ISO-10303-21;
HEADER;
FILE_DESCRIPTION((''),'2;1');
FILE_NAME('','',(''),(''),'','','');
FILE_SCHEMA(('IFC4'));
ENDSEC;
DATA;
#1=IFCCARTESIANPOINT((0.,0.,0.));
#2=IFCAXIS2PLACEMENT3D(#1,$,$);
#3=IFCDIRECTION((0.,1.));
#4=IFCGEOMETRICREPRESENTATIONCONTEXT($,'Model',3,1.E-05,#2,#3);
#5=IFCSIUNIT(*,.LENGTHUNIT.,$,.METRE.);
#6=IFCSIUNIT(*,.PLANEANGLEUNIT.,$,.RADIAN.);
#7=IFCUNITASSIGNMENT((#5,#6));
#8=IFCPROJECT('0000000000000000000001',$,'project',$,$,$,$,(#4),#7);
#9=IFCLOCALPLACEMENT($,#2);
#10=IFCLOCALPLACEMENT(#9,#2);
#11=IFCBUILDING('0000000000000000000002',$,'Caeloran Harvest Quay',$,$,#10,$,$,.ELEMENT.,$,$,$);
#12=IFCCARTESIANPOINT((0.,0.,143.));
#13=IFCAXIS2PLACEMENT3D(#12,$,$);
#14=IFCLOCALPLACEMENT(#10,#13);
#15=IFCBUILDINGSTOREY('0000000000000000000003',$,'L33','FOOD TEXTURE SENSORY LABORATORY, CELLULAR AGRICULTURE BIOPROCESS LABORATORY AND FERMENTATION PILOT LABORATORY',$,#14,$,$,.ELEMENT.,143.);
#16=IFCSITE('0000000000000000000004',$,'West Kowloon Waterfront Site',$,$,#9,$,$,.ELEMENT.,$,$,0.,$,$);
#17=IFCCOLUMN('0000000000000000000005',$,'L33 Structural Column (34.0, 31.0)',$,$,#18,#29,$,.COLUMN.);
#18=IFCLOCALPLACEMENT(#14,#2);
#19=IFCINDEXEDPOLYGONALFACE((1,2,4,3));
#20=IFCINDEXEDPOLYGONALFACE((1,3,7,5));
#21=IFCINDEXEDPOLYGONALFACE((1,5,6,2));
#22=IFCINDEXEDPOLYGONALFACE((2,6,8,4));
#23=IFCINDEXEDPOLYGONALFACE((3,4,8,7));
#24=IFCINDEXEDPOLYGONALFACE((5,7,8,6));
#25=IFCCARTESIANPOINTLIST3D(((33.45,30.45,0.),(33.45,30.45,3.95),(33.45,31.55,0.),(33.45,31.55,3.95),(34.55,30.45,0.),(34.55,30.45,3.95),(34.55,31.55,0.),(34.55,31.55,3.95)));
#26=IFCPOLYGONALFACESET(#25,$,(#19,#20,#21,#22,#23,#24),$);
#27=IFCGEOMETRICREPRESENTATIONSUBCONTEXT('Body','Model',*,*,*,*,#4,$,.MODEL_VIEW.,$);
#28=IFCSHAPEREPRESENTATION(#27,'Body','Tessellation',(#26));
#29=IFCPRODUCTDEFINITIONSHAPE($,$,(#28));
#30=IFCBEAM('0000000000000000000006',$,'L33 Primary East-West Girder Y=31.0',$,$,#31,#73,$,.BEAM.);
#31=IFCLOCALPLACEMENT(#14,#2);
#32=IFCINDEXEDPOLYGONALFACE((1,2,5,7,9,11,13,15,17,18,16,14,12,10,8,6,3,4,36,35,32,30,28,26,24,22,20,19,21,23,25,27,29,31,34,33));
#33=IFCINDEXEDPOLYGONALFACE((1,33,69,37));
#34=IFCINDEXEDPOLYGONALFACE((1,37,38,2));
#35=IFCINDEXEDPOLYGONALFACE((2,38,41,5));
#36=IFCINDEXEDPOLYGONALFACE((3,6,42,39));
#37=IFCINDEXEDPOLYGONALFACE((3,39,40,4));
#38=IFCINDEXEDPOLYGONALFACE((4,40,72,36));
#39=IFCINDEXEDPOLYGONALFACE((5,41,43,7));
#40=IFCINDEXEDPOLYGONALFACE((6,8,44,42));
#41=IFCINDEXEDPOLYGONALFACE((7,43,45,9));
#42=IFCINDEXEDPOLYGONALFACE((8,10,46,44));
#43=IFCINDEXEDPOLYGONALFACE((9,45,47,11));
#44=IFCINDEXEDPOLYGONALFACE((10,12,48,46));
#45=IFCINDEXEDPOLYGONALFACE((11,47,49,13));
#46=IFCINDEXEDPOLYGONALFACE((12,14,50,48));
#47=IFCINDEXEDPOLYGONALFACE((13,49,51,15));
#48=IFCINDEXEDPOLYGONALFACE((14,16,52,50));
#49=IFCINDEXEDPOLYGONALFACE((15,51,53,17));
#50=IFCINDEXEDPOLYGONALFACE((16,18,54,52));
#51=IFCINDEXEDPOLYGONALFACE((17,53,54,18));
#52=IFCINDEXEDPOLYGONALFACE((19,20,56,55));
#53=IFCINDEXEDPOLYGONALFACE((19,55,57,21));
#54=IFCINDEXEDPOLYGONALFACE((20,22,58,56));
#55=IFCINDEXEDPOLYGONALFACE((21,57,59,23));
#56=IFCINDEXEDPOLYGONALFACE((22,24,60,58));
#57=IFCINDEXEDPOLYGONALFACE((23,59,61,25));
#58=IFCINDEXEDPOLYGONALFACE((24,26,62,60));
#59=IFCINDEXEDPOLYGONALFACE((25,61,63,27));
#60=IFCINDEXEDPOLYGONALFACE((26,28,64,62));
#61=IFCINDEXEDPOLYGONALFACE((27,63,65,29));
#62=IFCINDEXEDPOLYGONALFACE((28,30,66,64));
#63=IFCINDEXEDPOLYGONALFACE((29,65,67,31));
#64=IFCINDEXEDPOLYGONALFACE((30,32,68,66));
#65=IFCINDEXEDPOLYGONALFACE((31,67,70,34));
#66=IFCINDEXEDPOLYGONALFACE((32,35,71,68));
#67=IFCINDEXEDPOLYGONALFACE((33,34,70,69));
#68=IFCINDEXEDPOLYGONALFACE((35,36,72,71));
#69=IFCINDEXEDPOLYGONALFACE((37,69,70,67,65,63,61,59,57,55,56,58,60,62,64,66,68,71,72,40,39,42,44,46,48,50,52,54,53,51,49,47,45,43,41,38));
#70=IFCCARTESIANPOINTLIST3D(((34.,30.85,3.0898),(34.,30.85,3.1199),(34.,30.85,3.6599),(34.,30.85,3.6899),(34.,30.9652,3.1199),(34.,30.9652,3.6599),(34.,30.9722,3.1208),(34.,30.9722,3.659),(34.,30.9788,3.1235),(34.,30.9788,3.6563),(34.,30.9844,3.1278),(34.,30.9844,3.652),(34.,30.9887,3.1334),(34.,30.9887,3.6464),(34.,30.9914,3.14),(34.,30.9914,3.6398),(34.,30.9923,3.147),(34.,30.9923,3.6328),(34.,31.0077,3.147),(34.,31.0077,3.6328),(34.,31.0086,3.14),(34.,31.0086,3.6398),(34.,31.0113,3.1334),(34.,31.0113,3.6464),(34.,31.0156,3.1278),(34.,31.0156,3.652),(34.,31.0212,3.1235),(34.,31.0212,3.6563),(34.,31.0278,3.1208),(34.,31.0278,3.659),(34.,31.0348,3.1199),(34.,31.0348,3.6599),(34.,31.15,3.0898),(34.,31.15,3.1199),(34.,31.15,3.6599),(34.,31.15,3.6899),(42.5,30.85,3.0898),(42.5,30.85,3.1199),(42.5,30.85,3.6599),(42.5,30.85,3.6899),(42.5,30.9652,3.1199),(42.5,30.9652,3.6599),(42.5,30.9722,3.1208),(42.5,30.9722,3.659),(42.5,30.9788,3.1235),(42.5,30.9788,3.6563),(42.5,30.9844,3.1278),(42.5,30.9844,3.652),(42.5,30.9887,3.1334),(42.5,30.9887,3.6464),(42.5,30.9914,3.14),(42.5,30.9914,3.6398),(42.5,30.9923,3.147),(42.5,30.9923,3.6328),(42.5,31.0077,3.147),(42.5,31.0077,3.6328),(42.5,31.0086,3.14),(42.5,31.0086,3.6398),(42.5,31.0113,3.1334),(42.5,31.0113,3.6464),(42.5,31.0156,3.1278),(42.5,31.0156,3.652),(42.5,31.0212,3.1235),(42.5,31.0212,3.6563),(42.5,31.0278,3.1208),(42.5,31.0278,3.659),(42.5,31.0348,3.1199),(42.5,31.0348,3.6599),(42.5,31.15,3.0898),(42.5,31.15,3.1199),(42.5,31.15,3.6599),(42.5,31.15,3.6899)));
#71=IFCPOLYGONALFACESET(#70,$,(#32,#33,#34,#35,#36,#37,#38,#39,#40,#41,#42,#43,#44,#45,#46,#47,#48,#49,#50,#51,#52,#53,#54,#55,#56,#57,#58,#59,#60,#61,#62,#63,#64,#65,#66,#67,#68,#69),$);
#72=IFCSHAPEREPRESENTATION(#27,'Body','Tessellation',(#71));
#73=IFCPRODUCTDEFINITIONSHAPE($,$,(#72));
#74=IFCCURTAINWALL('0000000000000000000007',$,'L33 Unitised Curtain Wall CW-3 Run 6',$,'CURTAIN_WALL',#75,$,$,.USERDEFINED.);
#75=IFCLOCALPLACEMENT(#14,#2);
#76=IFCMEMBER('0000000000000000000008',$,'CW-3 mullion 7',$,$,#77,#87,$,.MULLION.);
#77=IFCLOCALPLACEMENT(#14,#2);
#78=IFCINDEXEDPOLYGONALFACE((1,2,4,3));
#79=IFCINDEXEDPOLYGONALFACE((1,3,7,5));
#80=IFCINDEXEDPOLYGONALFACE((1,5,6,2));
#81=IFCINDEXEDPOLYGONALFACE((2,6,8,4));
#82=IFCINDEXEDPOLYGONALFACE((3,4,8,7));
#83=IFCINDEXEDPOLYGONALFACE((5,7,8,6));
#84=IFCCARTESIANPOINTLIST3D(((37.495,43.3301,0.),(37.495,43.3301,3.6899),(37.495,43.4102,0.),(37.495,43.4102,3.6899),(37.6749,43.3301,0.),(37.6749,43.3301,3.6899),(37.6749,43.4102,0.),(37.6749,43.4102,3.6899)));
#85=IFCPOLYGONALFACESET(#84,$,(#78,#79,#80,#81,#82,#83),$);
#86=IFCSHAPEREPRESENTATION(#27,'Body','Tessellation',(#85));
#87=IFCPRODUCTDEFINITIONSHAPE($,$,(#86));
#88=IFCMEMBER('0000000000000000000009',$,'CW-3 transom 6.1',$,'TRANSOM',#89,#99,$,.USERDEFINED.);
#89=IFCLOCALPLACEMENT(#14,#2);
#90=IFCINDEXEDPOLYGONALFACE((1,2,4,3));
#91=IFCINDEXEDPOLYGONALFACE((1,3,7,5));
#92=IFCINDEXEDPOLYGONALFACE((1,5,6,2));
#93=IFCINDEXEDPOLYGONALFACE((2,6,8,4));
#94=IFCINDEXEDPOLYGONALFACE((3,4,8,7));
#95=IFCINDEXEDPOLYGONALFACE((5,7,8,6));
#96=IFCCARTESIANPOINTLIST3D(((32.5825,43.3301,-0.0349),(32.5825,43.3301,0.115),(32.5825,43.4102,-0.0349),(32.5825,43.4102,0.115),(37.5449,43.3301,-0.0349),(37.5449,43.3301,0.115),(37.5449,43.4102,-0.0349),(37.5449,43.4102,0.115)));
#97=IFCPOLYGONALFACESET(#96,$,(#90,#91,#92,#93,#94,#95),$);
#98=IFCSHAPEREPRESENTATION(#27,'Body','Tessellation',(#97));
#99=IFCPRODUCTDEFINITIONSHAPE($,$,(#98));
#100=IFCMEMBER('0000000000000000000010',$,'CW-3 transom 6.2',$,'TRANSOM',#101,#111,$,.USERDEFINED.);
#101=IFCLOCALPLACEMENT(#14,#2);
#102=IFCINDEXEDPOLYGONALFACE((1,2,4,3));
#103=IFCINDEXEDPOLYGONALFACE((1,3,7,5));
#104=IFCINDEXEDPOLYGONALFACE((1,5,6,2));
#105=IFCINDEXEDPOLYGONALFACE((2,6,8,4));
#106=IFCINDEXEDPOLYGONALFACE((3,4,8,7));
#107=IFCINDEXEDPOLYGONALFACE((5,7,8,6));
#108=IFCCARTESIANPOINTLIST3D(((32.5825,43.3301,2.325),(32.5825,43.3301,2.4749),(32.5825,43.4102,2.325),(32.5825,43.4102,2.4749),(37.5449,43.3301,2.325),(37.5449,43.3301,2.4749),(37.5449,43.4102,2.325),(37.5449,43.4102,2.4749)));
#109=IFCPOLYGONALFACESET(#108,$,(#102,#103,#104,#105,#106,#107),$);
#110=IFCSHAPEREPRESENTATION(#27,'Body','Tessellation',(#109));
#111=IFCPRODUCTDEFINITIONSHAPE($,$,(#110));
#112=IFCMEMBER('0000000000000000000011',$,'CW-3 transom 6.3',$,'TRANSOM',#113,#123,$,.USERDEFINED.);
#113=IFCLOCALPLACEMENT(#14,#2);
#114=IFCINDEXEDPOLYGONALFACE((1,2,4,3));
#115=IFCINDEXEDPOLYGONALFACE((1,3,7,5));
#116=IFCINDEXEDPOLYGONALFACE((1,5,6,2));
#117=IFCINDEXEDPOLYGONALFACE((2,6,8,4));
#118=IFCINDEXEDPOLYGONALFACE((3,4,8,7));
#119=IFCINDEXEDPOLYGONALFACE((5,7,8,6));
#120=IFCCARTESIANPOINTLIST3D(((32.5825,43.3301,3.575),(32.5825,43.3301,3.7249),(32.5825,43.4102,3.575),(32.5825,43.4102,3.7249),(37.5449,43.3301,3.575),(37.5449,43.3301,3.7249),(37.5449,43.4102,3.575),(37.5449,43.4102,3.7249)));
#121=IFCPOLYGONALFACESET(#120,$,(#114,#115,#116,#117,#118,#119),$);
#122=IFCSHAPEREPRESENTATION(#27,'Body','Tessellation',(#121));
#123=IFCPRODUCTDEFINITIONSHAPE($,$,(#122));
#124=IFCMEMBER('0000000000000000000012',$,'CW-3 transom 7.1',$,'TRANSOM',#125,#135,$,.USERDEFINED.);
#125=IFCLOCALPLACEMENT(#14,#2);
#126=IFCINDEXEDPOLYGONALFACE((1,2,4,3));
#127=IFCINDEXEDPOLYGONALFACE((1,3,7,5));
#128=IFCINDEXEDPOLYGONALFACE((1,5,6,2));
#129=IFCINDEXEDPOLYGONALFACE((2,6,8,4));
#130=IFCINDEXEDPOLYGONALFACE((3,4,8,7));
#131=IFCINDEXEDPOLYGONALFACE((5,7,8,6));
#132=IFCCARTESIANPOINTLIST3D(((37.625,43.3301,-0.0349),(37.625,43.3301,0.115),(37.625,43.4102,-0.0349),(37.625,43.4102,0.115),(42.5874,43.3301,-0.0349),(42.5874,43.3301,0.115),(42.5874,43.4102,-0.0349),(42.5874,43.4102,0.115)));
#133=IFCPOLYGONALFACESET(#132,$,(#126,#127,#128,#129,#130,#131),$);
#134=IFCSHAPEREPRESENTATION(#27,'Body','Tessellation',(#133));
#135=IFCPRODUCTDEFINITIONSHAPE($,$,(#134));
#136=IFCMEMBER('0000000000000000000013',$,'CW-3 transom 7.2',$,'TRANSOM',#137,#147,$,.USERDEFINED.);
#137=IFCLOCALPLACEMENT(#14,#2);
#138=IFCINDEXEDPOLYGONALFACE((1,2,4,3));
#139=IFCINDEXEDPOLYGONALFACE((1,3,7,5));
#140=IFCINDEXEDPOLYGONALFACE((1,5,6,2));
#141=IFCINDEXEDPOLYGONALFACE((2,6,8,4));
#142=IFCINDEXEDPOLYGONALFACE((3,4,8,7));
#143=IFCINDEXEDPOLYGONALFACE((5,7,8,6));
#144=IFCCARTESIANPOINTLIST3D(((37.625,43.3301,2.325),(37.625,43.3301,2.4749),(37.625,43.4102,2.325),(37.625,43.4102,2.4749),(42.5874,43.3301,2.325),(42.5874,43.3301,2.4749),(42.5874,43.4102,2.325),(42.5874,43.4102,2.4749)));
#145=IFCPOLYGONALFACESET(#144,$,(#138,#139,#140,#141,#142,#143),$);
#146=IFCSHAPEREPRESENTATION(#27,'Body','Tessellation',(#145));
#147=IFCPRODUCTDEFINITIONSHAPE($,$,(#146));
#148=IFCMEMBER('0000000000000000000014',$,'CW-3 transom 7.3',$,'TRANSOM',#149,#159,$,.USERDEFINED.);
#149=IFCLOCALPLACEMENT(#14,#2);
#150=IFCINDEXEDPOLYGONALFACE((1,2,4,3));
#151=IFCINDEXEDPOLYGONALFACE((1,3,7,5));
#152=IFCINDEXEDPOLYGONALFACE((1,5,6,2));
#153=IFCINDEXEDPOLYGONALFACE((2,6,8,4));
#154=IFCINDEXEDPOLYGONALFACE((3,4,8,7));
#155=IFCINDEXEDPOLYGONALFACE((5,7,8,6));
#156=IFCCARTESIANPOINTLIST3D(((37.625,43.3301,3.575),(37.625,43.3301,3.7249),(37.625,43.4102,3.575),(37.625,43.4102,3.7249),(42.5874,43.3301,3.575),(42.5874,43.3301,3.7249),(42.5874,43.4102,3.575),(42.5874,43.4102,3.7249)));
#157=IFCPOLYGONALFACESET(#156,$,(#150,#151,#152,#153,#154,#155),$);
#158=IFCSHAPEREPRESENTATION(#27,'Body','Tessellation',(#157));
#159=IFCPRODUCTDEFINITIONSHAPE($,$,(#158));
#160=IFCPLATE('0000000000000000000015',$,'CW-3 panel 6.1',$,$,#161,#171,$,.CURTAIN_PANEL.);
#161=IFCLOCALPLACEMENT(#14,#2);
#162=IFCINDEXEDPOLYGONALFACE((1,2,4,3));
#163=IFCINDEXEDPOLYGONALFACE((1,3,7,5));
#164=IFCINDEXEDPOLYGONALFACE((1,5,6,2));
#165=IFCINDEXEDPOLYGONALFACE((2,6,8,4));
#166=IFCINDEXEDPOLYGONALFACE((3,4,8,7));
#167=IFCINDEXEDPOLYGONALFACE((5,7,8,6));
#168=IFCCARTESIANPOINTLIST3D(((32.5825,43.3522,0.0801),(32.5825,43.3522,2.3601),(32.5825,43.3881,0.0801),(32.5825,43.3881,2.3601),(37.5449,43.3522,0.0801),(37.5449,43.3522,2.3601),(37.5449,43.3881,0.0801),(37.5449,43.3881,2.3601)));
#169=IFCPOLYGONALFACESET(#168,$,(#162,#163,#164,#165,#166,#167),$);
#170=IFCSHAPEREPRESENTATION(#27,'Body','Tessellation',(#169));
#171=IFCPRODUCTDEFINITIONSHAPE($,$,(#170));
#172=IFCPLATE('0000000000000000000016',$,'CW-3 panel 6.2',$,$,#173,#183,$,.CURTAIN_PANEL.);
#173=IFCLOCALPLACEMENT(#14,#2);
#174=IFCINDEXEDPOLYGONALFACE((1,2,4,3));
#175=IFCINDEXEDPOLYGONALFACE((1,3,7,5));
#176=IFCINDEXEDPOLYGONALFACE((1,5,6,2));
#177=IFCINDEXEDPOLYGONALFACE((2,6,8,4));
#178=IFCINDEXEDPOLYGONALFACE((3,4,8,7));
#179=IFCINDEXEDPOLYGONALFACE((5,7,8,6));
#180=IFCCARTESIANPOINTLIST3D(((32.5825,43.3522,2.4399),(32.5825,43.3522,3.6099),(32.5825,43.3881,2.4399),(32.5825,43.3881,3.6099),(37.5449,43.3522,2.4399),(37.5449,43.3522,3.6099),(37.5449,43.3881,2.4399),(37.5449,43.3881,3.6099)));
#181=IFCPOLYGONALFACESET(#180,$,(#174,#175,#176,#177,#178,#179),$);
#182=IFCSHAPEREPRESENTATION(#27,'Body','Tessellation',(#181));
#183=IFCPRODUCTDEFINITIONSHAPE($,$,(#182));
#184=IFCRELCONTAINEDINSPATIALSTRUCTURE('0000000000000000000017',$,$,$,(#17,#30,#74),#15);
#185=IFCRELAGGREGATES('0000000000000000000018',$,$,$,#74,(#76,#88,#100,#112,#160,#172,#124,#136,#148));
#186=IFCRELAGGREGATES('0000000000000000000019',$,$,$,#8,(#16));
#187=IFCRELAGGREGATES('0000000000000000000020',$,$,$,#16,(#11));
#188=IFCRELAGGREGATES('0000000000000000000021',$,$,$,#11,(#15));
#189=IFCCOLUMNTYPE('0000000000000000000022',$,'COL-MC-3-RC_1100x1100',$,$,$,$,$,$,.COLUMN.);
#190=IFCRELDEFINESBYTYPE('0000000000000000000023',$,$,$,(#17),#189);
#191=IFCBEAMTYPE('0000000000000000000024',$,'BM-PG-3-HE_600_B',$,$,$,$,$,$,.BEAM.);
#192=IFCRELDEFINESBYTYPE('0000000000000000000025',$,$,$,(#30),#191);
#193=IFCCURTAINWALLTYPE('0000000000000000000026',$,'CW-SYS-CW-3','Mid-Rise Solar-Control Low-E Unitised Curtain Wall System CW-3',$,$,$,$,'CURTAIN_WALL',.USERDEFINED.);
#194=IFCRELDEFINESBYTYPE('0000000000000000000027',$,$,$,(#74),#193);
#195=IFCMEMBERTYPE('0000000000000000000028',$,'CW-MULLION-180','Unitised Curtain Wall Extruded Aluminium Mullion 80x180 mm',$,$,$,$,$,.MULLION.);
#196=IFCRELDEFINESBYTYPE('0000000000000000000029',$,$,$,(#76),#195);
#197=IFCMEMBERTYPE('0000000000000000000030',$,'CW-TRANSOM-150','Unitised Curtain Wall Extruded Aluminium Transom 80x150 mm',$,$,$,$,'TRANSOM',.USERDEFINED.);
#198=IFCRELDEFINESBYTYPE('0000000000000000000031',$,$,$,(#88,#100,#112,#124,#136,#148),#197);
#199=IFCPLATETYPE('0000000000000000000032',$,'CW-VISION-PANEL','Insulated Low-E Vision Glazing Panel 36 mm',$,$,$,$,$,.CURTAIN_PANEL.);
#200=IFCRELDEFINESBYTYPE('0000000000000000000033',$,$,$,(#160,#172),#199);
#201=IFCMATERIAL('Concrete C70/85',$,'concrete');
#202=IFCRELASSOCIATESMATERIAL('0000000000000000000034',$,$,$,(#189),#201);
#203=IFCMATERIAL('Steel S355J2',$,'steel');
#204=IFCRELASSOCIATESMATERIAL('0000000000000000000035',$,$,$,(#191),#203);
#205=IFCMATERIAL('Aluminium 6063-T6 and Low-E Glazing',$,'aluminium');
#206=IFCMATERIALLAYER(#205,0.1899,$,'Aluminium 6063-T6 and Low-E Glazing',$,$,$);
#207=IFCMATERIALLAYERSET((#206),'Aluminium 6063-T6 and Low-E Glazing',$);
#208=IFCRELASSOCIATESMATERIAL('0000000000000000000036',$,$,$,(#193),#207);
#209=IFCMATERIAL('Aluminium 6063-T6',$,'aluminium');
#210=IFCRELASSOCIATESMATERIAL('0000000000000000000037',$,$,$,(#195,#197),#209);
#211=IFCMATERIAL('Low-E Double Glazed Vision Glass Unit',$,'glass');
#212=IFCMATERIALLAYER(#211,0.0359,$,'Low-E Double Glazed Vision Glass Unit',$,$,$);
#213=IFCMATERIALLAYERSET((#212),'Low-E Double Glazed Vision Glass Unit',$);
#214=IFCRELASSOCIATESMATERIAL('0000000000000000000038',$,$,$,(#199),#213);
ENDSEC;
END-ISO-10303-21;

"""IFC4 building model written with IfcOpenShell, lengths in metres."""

from ifc_helpers import new_model, si_unit, direction, frame, origin, origin_2d, place, context, subcontext, project, spatial, rectangle, i_section, extrude, material, layer, layer_set, material_profile, profile_set, type_object, element, aggregate, save


model = new_model("IFC4")

# Units and contexts
model_context = context("Model", 3, precision=1e-05, world=origin(), true_north=direction((0.0, 1.0)))
body_context = subcontext(model_context, "Body", "Model", "MODEL_VIEW")
ifc_project = project(units=[si_unit("LENGTHUNIT", "METRE"), si_unit("PLANEANGLEUNIT", "RADIAN")], contexts=[model_context])

# Site, building, storey
site_placement = place(None, origin())
site = spatial("IfcSite", under=ifc_project, at=site_placement, Name="West Kowloon Waterfront Site", CompositionType="ELEMENT", RefElevation=0.0)
building_placement = place(site_placement, origin())
building = spatial("IfcBuilding", under=site, at=building_placement, Name="Caeloran Harvest Quay", CompositionType="ELEMENT")
storey_placement = place(building_placement, frame((0.0, 0.0, 143.0)))
storey = spatial("IfcBuildingStorey", under=building, at=storey_placement, Name="L33", Description="FOOD TEXTURE SENSORY LABORATORY, CELLULAR AGRICULTURE BIOPROCESS LABORATORY AND FERMENTATION PILOT LABORATORY", CompositionType="ELEMENT", Elevation=143.0)

# Column
ifc_material_1 = material(Name="Concrete C70/85", Category="concrete")
ifc_material_profile_1 = material_profile(ifc_material_1, rectangle(XDim=1.1001, YDim=1.1001, at=origin_2d()), Name="RC 1100x1100")
ifc_profile_set_1 = profile_set([ifc_material_profile_1], Name="Concrete C70/85")
column_type = type_object("IfcColumnType", Name="COL-MC-3-RC_1100x1100", PredefinedType="COLUMN", material=ifc_profile_set_1)
column_placement = place(storey_placement, frame((34.0, 31.0, 0.0), z_axis=(0.0, 0.0, 1.0), x_axis=(1.0, 0.0, 0.0)))
element("IfcColumn", 1, at=column_placement, inside=storey, type_object=column_type, Name="L33 Structural Column (34.0, 31.0)", PredefinedType="COLUMN", context=body_context, shape_type="SweptSolid", body=[
    extrude(rectangle(XDim=1.1001, YDim=1.1001, at=origin_2d()), origin(), (0.0, 0.0, 1.0), 3.95),
])

# Beam
ifc_material_2 = material(Name="Steel S355J2", Category="steel")
ifc_material_profile_2 = material_profile(ifc_material_2, i_section(OverallWidth=0.3, OverallDepth=0.6001, WebThickness=0.0154, FlangeThickness=0.03, FilletRadius=0.0271, at=origin_2d()), Name="HE 600 B")
ifc_profile_set_2 = profile_set([ifc_material_profile_2], Name="Steel S355J2")
beam_type = type_object("IfcBeamType", Name="BM-PG-3-HE_600_B", PredefinedType="BEAM", material=ifc_profile_set_2)
beam_placement = place(storey_placement, frame((34.0, 31.0, 3.3899), z_axis=(1.0, 0.0, 0.0), x_axis=(0.0, 1.0, 0.0)))
element("IfcBeam", 2, at=beam_placement, inside=storey, type_object=beam_type, Name="L33 Primary East-West Girder Y=31.0", PredefinedType="BEAM", context=body_context, shape_type="SweptSolid", body=[
    extrude(i_section(OverallWidth=0.3, OverallDepth=0.6001, WebThickness=0.0154, FlangeThickness=0.03, FilletRadius=0.0271, at=origin_2d()), origin(), (0.0, 0.0, 1.0), 8.5),
])

# Curtain wall, members, plates
ifc_material_3 = material(Name="Aluminium 6063-T6 and Low-E Glazing", Category="aluminium")
ifc_layer_1 = layer(ifc_material_3, 0.1899, Name="Aluminium 6063-T6 and Low-E Glazing")
ifc_layer_set_1 = layer_set([ifc_layer_1], Name="Aluminium 6063-T6 and Low-E Glazing")
curtain_wall_type = type_object("IfcCurtainWallType", Name="CW-SYS-CW-3", Description="Mid-Rise Solar-Control Low-E Unitised Curtain Wall System CW-3", ElementType="CURTAIN_WALL", PredefinedType="USERDEFINED", material=ifc_layer_set_1)
curtain_wall_placement = place(storey_placement, origin())
curtain_wall = element("IfcCurtainWall", 3, at=curtain_wall_placement, inside=storey, type_object=curtain_wall_type, Name="L33 Unitised Curtain Wall CW-3 Run 6", ObjectType="CURTAIN_WALL", PredefinedType="USERDEFINED")
ifc_material_4 = material(Name="Aluminium 6063-T6", Category="aluminium")
ifc_material_profile_3 = material_profile(ifc_material_4, rectangle(XDim=0.0801, YDim=0.1799, at=origin_2d()), Name="CW-MULLION-180")
ifc_profile_set_3 = profile_set([ifc_material_profile_3], Name="Aluminium 6063-T6")
member_type_1 = type_object("IfcMemberType", Name="CW-MULLION-180", Description="Unitised Curtain Wall Extruded Aluminium Mullion 80x180 mm", PredefinedType="MULLION", material=ifc_profile_set_3)
member_1_placement = place(storey_placement, frame((37.585, 43.3701, 0.0), z_axis=(0.0, 0.0, 1.0), x_axis=(0.0, 1.0, 0.0)))
member_1 = element("IfcMember", 4, at=member_1_placement, type_object=member_type_1, Name="CW-3 mullion 7", PredefinedType="MULLION", context=body_context, shape_type="SweptSolid", body=[
    extrude(rectangle(XDim=0.0801, YDim=0.1799, at=origin_2d()), origin(), (0.0, 0.0, 1.0), 3.6899),
])
ifc_material_profile_4 = material_profile(ifc_material_4, rectangle(XDim=0.0801, YDim=0.1499, at=origin_2d()), Name="CW-TRANSOM-150")
ifc_profile_set_4 = profile_set([ifc_material_profile_4], Name="Aluminium 6063-T6")
member_type_2 = type_object("IfcMemberType", Name="CW-TRANSOM-150", Description="Unitised Curtain Wall Extruded Aluminium Transom 80x150 mm", ElementType="TRANSOM", PredefinedType="USERDEFINED", material=ifc_profile_set_4)
member_2_placement = place(storey_placement, frame((32.5825, 43.3701, 0.04), z_axis=(1.0, 0.0, 0.0), x_axis=(0.0, 1.0, 0.0)))
member_2 = element("IfcMember", 5, at=member_2_placement, type_object=member_type_2, Name="CW-3 transom 6.1", ObjectType="TRANSOM", PredefinedType="USERDEFINED", context=body_context, shape_type="SweptSolid", body=[
    extrude(rectangle(XDim=0.0801, YDim=0.1499, at=origin_2d()), origin(), (0.0, 0.0, 1.0), 4.9624),
])
member_3_placement = place(storey_placement, frame((32.5825, 43.3701, 2.3999), z_axis=(1.0, 0.0, 0.0), x_axis=(0.0, 1.0, 0.0)))
member_3 = element("IfcMember", 6, at=member_3_placement, type_object=member_type_2, Name="CW-3 transom 6.2", ObjectType="TRANSOM", PredefinedType="USERDEFINED", context=body_context, shape_type="SweptSolid", body=[
    extrude(rectangle(XDim=0.0801, YDim=0.1499, at=origin_2d()), origin(), (0.0, 0.0, 1.0), 4.9624),
])
member_4_placement = place(storey_placement, frame((32.5825, 43.3701, 3.6499), z_axis=(1.0, 0.0, 0.0), x_axis=(0.0, 1.0, 0.0)))
member_4 = element("IfcMember", 7, at=member_4_placement, type_object=member_type_2, Name="CW-3 transom 6.3", ObjectType="TRANSOM", PredefinedType="USERDEFINED", context=body_context, shape_type="SweptSolid", body=[
    extrude(rectangle(XDim=0.0801, YDim=0.1499, at=origin_2d()), origin(), (0.0, 0.0, 1.0), 4.9624),
])
member_5_placement = place(storey_placement, frame((37.625, 43.3701, 0.04), z_axis=(1.0, 0.0, 0.0), x_axis=(0.0, 1.0, 0.0)))
member_5 = element("IfcMember", 8, at=member_5_placement, type_object=member_type_2, Name="CW-3 transom 7.1", ObjectType="TRANSOM", PredefinedType="USERDEFINED", context=body_context, shape_type="SweptSolid", body=[
    extrude(rectangle(XDim=0.0801, YDim=0.1499, at=origin_2d()), origin(), (0.0, 0.0, 1.0), 4.9624),
])
member_6_placement = place(storey_placement, frame((37.625, 43.3701, 2.3999), z_axis=(1.0, 0.0, 0.0), x_axis=(0.0, 1.0, 0.0)))
member_6 = element("IfcMember", 9, at=member_6_placement, type_object=member_type_2, Name="CW-3 transom 7.2", ObjectType="TRANSOM", PredefinedType="USERDEFINED", context=body_context, shape_type="SweptSolid", body=[
    extrude(rectangle(XDim=0.0801, YDim=0.1499, at=origin_2d()), origin(), (0.0, 0.0, 1.0), 4.9624),
])
member_7_placement = place(storey_placement, frame((37.625, 43.3701, 3.6499), z_axis=(1.0, 0.0, 0.0), x_axis=(0.0, 1.0, 0.0)))
member_7 = element("IfcMember", 10, at=member_7_placement, type_object=member_type_2, Name="CW-3 transom 7.3", ObjectType="TRANSOM", PredefinedType="USERDEFINED", context=body_context, shape_type="SweptSolid", body=[
    extrude(rectangle(XDim=0.0801, YDim=0.1499, at=origin_2d()), origin(), (0.0, 0.0, 1.0), 4.9624),
])
ifc_material_5 = material(Name="Low-E Double Glazed Vision Glass Unit", Category="glass")
ifc_layer_2 = layer(ifc_material_5, 0.0359, Name="Low-E Double Glazed Vision Glass Unit")
ifc_layer_set_2 = layer_set([ifc_layer_2], Name="Low-E Double Glazed Vision Glass Unit")
plate_type = type_object("IfcPlateType", Name="CW-VISION-PANEL", Description="Insulated Low-E Vision Glazing Panel 36 mm", PredefinedType="CURTAIN_PANEL", material=ifc_layer_set_2)
plate_1_placement = place(storey_placement, frame((35.0637, 43.3701, 0.0801), z_axis=(0.0, 0.0, 1.0), x_axis=(1.0, 0.0, 0.0)))
plate_1 = element("IfcPlate", 11, at=plate_1_placement, type_object=plate_type, Name="CW-3 panel 6.1", PredefinedType="CURTAIN_PANEL", context=body_context, shape_type="SweptSolid", body=[
    extrude(rectangle(XDim=4.9624, YDim=0.0359, at=origin_2d()), origin(), (0.0, 0.0, 1.0), 2.28),
])
plate_2_placement = place(storey_placement, frame((35.0637, 43.3701, 2.4399), z_axis=(0.0, 0.0, 1.0), x_axis=(1.0, 0.0, 0.0)))
plate_2 = element("IfcPlate", 12, at=plate_2_placement, type_object=plate_type, Name="CW-3 panel 6.2", PredefinedType="CURTAIN_PANEL", context=body_context, shape_type="SweptSolid", body=[
    extrude(rectangle(XDim=4.9624, YDim=0.0359, at=origin_2d()), origin(), (0.0, 0.0, 1.0), 1.1699),
])
aggregate(curtain_wall, [member_1, member_2, member_3, member_4, plate_1, plate_2, member_5, member_6, member_7])

save(model, "model.ifc")
